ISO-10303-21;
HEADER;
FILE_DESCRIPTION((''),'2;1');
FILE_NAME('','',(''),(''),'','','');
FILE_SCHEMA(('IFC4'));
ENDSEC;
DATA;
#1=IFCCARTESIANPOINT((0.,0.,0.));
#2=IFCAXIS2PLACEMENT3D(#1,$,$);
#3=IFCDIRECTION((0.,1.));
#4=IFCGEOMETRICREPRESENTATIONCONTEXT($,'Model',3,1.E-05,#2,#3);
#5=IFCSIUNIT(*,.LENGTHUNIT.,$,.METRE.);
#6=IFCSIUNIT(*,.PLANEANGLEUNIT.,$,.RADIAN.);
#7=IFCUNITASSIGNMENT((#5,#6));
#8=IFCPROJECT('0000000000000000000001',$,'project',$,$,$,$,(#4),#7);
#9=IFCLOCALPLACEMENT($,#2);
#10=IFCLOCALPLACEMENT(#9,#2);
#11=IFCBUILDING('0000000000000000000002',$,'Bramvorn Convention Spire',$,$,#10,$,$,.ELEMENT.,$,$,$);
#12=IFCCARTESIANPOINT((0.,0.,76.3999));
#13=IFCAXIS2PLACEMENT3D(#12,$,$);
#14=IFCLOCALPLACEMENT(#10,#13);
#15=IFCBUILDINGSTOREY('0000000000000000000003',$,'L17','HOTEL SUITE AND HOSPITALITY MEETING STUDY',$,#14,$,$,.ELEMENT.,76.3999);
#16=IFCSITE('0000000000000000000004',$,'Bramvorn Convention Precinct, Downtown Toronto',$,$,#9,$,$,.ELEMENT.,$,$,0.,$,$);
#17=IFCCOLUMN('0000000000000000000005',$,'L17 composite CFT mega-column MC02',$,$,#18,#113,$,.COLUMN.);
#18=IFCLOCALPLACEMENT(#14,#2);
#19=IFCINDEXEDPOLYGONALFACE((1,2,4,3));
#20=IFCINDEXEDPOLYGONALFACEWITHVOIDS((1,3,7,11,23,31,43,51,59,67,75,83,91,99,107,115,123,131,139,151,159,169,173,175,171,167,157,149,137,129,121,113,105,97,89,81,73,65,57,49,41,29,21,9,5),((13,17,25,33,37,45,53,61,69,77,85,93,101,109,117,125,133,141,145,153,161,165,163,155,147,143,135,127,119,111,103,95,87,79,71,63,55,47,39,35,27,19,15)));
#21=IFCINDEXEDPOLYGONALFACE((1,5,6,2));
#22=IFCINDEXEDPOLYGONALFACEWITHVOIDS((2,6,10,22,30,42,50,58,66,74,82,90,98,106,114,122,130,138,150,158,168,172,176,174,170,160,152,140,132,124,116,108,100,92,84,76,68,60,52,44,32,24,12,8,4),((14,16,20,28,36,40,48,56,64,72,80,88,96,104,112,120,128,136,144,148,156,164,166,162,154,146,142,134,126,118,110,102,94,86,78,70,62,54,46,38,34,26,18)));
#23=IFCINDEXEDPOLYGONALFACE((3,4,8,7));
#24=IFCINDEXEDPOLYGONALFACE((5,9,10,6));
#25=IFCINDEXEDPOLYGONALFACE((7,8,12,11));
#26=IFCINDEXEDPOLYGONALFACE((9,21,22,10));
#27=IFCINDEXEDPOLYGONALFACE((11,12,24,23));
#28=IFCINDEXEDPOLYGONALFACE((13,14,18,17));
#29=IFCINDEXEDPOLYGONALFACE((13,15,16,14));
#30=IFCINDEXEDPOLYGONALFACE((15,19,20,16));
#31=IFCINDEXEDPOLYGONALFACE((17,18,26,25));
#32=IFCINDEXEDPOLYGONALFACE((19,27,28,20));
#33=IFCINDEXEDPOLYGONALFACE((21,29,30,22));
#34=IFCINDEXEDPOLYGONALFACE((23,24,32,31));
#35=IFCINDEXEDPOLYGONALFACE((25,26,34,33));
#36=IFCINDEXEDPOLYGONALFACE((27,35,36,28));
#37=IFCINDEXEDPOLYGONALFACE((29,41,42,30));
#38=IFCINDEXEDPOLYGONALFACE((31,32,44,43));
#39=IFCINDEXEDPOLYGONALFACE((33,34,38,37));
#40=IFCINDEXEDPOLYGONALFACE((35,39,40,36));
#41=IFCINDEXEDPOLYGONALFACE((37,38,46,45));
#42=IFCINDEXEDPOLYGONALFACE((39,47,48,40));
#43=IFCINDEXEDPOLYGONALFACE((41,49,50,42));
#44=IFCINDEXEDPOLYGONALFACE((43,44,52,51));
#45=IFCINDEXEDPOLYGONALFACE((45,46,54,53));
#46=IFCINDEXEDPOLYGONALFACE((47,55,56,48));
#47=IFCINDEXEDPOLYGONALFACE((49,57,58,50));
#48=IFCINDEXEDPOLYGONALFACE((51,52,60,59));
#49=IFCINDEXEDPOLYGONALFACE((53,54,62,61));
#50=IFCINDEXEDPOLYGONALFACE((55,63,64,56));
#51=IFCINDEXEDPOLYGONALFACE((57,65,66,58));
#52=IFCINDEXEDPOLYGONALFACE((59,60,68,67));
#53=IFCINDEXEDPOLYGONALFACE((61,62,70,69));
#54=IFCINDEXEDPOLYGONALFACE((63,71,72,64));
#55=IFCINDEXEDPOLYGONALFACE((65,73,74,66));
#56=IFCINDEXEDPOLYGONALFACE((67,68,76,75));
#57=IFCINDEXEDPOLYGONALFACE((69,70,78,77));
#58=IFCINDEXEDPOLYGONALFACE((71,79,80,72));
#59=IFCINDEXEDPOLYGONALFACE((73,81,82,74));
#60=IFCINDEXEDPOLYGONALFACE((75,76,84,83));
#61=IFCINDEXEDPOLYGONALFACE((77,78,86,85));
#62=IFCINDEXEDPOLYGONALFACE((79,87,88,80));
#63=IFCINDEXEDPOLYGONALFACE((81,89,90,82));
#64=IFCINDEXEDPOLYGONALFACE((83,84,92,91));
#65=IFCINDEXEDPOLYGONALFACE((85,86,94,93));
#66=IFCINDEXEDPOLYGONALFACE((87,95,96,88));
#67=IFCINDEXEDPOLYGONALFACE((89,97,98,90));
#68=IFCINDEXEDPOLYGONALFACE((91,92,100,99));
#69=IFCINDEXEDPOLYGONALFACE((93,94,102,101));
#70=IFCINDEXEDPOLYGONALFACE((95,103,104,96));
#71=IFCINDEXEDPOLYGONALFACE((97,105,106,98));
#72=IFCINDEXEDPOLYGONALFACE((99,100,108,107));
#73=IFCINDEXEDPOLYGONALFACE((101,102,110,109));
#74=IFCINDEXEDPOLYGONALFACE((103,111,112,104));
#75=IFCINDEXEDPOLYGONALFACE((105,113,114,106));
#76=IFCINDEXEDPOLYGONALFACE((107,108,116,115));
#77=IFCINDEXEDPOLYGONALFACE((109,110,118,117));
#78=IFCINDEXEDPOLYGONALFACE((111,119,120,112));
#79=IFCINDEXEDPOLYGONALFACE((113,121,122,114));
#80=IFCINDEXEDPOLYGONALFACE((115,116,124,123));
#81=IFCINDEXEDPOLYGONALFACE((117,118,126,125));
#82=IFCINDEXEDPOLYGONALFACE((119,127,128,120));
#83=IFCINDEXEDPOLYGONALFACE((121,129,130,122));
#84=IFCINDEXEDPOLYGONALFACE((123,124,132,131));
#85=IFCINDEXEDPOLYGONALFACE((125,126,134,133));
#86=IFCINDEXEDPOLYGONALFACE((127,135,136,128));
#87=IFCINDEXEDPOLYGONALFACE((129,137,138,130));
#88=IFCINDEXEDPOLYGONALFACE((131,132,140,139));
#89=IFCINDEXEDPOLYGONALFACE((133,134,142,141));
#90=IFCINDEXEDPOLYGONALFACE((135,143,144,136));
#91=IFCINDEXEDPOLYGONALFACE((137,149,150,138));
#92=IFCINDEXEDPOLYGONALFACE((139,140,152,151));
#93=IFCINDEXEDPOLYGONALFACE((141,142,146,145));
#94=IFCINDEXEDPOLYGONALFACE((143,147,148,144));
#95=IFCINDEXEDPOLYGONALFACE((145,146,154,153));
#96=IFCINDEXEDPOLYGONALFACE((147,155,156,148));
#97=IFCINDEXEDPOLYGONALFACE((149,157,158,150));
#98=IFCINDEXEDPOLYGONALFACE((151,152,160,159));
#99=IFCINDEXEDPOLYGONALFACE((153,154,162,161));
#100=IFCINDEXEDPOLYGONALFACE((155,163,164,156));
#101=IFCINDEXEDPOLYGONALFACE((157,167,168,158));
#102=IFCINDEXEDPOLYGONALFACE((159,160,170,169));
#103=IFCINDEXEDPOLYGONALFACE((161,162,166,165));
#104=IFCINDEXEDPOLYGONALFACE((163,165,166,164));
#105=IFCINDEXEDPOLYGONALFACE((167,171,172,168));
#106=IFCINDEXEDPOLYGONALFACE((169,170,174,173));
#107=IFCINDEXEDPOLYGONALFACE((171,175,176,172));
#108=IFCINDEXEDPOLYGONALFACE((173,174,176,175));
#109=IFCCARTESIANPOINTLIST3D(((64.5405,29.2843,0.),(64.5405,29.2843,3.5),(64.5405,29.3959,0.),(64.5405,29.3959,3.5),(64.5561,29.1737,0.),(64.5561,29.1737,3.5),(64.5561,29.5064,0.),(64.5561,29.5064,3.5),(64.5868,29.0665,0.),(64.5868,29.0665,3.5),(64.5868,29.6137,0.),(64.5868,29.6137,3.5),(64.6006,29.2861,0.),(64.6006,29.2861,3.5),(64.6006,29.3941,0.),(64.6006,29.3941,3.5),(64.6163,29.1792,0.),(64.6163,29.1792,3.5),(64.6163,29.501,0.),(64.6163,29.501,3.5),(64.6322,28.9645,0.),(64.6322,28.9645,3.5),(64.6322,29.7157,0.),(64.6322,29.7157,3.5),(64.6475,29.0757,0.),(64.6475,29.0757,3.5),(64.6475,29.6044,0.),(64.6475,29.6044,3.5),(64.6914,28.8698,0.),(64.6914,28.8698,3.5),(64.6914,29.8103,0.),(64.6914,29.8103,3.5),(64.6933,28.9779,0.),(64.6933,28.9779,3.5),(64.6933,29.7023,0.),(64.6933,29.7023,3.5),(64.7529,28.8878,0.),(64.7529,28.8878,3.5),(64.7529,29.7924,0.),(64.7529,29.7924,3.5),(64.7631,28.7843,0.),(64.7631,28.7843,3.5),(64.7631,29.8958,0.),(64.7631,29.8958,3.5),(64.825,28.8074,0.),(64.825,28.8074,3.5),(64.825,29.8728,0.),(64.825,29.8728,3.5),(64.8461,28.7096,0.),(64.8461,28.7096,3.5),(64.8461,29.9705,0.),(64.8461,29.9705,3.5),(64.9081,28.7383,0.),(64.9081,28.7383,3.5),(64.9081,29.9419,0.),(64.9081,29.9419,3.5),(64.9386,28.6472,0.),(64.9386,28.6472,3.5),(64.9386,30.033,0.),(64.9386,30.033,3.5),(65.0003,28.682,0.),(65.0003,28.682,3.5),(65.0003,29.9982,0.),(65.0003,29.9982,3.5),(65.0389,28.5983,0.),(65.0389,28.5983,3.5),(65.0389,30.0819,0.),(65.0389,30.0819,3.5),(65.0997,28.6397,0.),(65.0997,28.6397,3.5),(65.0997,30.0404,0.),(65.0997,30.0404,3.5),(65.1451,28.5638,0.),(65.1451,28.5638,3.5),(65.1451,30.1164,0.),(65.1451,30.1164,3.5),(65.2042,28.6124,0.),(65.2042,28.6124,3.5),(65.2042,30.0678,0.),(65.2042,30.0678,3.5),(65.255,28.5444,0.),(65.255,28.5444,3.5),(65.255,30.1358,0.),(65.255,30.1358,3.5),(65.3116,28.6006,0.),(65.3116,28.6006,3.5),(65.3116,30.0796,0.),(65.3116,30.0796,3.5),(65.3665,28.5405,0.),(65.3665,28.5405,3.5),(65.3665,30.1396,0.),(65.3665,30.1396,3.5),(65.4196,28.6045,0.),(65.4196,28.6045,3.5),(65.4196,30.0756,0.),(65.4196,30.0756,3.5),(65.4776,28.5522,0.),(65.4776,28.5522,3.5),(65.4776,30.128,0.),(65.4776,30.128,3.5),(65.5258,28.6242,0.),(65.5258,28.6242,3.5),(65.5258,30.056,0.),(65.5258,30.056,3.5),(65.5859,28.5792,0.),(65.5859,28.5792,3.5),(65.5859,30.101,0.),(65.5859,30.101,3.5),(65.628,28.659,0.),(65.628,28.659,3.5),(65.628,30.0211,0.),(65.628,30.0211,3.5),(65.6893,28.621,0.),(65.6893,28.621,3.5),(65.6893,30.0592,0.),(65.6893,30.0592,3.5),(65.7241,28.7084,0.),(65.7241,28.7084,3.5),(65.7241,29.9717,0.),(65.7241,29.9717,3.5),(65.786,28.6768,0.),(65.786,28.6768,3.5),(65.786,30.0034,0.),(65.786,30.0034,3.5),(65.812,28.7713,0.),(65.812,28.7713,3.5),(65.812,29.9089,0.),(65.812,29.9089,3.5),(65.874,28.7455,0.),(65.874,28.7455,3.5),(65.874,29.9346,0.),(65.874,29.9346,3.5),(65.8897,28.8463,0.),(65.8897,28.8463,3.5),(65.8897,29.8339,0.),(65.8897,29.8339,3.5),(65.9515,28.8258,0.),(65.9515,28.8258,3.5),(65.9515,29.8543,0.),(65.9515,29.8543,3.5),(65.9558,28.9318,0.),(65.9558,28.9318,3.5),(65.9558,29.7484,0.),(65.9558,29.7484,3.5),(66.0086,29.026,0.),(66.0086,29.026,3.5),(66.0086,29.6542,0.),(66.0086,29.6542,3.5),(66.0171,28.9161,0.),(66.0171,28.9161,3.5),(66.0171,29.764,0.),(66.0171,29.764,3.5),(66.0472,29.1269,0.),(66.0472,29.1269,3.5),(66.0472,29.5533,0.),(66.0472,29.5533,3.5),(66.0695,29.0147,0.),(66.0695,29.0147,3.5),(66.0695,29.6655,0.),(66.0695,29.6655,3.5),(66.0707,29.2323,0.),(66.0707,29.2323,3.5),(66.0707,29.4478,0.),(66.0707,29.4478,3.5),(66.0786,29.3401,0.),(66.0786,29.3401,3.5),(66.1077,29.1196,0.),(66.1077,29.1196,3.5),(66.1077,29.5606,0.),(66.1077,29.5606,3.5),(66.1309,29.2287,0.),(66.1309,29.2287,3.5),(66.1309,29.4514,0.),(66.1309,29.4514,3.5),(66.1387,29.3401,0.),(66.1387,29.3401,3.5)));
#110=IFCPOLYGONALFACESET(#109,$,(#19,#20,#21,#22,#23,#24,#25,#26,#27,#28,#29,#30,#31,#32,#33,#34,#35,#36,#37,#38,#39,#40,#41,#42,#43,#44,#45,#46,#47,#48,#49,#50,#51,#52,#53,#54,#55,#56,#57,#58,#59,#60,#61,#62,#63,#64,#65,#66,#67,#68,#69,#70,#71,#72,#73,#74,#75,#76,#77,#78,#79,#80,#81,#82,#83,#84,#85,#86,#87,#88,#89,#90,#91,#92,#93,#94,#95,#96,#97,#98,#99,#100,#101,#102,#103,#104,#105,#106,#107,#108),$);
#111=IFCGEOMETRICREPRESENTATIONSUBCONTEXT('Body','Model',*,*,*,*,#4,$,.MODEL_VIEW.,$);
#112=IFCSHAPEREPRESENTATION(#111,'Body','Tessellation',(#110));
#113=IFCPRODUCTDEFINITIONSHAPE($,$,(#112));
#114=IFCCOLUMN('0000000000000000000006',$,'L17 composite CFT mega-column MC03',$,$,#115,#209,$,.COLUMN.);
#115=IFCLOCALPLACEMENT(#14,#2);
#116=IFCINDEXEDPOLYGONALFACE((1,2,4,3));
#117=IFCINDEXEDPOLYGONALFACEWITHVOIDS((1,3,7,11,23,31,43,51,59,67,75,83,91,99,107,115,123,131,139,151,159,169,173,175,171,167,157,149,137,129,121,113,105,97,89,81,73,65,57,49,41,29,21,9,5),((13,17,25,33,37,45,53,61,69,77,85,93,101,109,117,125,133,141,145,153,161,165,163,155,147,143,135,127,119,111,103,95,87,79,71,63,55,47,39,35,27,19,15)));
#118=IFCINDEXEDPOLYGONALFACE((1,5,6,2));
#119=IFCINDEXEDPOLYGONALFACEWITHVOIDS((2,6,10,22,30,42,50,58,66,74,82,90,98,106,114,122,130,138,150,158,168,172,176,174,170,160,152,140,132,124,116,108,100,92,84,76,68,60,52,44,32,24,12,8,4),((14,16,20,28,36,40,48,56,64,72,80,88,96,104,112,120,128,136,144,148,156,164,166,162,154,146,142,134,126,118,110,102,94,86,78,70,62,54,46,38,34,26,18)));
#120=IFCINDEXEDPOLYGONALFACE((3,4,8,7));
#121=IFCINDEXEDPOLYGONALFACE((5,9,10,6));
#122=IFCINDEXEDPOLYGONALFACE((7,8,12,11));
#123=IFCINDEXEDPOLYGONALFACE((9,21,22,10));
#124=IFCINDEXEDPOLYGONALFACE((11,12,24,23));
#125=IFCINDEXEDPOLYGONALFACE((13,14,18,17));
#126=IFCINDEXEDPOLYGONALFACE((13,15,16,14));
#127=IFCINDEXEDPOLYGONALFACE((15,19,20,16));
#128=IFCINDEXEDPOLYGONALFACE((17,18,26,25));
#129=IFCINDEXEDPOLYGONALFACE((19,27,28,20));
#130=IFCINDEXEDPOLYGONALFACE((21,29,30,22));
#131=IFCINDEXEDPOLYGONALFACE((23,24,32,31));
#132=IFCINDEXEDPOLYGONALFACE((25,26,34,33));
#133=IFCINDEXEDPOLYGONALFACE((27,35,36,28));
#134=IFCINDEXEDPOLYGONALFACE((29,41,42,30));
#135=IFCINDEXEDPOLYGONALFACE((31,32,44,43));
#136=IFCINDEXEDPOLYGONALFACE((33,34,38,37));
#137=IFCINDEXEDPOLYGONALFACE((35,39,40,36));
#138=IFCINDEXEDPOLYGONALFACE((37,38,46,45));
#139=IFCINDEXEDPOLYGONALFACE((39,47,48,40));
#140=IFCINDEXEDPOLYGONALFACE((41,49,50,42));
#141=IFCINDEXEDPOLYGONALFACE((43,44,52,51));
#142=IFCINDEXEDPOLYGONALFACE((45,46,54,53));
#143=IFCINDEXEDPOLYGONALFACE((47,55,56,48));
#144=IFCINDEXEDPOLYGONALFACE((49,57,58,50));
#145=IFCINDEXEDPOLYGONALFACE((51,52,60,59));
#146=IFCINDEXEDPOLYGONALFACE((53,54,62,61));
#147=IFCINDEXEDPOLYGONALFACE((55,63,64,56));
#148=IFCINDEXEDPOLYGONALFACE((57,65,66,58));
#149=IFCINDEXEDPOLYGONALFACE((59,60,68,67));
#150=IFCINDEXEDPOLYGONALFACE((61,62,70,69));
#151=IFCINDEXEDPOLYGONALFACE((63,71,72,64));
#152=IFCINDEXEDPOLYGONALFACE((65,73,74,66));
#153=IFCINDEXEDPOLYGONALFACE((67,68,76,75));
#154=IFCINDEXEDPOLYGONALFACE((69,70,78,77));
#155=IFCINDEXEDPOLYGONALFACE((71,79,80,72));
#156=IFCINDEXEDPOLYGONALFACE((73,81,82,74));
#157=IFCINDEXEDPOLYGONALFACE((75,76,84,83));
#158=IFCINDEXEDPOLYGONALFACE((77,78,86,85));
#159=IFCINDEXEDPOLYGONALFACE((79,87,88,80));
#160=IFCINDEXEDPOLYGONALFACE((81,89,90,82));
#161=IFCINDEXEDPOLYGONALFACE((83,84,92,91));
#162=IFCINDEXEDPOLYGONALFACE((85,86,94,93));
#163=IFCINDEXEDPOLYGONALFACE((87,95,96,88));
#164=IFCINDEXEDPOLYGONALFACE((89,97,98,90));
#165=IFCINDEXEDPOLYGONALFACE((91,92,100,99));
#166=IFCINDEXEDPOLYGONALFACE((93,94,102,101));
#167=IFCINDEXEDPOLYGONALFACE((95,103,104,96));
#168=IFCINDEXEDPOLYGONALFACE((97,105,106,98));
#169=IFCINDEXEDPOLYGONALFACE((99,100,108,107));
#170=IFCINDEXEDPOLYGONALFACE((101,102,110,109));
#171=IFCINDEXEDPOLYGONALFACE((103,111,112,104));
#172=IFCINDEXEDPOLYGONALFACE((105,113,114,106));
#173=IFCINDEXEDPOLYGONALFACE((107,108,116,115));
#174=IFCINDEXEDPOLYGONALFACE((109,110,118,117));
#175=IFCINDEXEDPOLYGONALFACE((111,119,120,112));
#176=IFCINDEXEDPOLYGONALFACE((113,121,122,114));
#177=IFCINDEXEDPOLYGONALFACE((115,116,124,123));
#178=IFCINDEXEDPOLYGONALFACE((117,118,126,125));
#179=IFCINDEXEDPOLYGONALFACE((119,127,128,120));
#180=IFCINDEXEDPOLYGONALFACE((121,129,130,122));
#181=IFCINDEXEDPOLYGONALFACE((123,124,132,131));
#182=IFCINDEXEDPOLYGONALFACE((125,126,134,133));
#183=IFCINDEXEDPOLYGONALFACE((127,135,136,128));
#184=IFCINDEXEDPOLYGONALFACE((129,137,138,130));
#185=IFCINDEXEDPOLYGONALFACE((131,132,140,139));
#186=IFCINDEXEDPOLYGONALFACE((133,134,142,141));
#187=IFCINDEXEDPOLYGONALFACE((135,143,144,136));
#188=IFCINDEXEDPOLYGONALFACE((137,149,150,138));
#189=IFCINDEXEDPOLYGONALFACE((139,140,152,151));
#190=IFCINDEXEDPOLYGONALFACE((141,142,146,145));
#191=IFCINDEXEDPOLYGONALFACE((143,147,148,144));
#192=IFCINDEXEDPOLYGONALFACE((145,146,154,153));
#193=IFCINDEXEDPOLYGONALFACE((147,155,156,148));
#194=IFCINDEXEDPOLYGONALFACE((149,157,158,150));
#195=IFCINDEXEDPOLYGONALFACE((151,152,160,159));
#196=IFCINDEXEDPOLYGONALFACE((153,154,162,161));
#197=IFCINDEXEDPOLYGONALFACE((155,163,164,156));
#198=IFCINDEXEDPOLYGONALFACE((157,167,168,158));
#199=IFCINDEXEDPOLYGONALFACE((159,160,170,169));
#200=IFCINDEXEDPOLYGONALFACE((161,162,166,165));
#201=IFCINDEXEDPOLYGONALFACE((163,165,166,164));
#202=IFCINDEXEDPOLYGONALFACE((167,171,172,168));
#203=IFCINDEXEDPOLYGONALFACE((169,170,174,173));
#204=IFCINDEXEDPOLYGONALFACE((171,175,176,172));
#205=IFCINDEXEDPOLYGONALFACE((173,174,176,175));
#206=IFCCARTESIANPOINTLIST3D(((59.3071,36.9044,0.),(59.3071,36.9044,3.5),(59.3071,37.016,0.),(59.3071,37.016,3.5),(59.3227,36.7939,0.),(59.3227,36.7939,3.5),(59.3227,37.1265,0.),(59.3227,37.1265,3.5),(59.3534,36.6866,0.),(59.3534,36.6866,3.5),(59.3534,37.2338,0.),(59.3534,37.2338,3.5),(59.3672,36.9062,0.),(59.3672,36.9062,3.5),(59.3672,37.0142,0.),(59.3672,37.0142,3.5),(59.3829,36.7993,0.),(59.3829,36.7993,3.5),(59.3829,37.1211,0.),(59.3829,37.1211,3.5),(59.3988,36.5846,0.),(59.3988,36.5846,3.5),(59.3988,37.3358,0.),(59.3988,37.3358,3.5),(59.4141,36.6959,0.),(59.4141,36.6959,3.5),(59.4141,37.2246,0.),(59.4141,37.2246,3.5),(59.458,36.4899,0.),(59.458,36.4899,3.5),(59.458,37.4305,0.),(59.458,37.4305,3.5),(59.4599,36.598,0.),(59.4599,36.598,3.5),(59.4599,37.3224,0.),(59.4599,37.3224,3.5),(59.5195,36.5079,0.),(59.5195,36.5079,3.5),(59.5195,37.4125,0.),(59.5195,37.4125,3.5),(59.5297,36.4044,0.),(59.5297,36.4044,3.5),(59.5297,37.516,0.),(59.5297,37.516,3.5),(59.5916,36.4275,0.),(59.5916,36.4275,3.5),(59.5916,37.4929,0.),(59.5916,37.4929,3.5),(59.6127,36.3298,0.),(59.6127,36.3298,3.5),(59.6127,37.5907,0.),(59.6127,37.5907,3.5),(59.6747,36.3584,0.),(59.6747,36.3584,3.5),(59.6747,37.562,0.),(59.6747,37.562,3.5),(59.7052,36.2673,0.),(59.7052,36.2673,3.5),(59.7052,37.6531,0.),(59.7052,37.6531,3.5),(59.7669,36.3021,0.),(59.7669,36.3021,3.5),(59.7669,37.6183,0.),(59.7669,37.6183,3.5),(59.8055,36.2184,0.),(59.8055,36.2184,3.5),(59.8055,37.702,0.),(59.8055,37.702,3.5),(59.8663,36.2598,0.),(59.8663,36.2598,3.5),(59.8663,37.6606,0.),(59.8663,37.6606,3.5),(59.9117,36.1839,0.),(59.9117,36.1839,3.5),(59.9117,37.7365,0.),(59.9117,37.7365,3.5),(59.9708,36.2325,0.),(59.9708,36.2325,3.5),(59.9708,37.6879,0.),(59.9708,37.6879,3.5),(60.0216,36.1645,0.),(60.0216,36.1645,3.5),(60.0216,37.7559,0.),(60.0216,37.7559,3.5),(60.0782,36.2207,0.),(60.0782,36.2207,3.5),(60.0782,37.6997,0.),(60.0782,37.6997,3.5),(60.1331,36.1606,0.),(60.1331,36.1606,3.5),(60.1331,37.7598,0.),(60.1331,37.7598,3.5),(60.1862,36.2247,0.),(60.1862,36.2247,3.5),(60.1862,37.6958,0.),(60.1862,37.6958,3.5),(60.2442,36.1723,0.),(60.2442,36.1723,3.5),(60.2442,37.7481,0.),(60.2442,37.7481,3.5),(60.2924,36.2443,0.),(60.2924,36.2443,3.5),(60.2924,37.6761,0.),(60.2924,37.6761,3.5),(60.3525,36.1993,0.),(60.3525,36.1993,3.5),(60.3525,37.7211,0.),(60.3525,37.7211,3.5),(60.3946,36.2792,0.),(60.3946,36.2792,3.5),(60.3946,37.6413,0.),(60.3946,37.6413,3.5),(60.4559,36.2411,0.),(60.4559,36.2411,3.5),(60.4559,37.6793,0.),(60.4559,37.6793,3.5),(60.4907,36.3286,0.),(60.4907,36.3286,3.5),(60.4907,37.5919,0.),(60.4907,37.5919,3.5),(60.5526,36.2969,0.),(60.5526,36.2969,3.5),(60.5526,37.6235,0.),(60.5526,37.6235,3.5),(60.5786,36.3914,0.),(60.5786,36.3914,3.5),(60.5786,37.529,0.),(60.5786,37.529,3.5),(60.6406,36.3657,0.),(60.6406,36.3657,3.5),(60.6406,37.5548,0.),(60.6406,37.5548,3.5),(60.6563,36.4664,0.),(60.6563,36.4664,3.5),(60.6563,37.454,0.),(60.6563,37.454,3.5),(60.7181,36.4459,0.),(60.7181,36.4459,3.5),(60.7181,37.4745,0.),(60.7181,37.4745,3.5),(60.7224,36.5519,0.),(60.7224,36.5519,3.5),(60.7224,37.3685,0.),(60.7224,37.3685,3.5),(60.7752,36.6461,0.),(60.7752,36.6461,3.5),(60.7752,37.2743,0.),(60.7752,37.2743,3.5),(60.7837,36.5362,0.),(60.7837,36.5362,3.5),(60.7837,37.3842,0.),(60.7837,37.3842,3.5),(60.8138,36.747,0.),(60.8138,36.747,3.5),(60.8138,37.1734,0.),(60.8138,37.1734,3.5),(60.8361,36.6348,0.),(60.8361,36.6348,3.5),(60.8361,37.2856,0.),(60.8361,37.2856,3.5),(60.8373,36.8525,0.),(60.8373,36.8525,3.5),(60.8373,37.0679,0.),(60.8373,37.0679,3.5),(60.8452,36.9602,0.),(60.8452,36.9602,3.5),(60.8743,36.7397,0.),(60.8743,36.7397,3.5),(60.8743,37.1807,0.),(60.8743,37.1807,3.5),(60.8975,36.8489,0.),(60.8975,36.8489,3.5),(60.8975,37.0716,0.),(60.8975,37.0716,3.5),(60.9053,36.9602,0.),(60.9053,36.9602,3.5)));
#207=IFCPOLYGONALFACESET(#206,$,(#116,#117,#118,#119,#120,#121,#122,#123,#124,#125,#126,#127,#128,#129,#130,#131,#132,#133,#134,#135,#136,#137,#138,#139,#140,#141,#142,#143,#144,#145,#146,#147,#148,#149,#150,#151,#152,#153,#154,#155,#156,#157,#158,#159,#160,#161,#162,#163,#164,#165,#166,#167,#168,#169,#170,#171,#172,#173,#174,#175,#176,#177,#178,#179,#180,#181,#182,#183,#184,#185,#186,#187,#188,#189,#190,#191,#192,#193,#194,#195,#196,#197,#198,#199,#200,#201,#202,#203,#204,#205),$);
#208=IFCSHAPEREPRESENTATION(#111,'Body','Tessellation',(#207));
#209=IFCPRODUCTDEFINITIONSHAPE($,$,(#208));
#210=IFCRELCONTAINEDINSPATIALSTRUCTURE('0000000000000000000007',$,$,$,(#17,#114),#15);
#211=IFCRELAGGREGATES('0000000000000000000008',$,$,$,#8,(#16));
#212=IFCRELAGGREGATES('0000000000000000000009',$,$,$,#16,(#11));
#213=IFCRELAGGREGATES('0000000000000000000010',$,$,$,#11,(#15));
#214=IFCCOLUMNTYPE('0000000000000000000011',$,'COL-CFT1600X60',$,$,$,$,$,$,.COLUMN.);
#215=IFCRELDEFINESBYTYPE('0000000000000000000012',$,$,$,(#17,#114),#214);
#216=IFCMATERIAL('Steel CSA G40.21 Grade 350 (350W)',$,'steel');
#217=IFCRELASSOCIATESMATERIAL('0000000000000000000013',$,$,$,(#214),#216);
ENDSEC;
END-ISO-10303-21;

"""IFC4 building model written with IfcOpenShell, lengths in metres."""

from ifc_helpers import new_model, si_unit, direction, frame, origin, origin_2d, place, context, subcontext, project, spatial, hollow_circle, extrude, material, material_profile, profile_set, type_object, element, save


model = new_model("IFC4")

# Units and contexts
model_context = context("Model", 3, precision=1e-05, world=origin(), true_north=direction((0.0, 1.0)))
body_context = subcontext(model_context, "Body", "Model", "MODEL_VIEW")
ifc_project = project(units=[si_unit("LENGTHUNIT", "METRE"), si_unit("PLANEANGLEUNIT", "RADIAN")], contexts=[model_context])

# Site, building, storey
site_placement = place(None, origin())
site = spatial("IfcSite", under=ifc_project, at=site_placement, Name="Bramvorn Convention Precinct, Downtown Toronto", CompositionType="ELEMENT", RefElevation=0.0)
building_placement = place(site_placement, origin())
building = spatial("IfcBuilding", under=site, at=building_placement, Name="Bramvorn Convention Spire", CompositionType="ELEMENT")
storey_placement = place(building_placement, frame((0.0, 0.0, 76.3999)))
storey = spatial("IfcBuildingStorey", under=building, at=storey_placement, Name="L17", Description="HOTEL SUITE AND HOSPITALITY MEETING STUDY", CompositionType="ELEMENT", Elevation=76.3999)

# Columns
ifc_material_1 = material(Name="Steel CSA G40.21 Grade 350 (350W)", Category="steel")
ifc_material_profile_1 = material_profile(ifc_material_1, hollow_circle(Radius=0.8, WallThickness=0.0601, at=origin_2d()))
ifc_profile_set_1 = profile_set([ifc_material_profile_1], Name="Steel CSA G40.21 Grade 350 (350W) - CFT1600X60")
column_type = type_object("IfcColumnType", Name="COL-CFT1600X60", PredefinedType="COLUMN", material=ifc_profile_set_1)
for number, where, z_axis, x_axis, name in (
    (1, (65.3386, 29.3401, 0.0), (0.0, 0.0, 1.0), (1.0, 0.0, 0.0), "L17 composite CFT mega-column MC02"),
    (2, (60.1052, 36.9602, 0.0), (0.0, 0.0, 1.0), (1.0, 0.0, 0.0), "L17 composite CFT mega-column MC03"),
):
    element("IfcColumn", number, at=place(storey_placement, frame(where, z_axis=z_axis, x_axis=x_axis)), inside=storey, type_object=column_type, Name=name, PredefinedType="COLUMN", context=body_context, shape_type="SweptSolid", body=[
        extrude(hollow_circle(Radius=0.8, WallThickness=0.0601, at=origin_2d()), origin(), (0.0, 0.0, 1.0), 3.5),
    ])

save(model, "model.ifc")
